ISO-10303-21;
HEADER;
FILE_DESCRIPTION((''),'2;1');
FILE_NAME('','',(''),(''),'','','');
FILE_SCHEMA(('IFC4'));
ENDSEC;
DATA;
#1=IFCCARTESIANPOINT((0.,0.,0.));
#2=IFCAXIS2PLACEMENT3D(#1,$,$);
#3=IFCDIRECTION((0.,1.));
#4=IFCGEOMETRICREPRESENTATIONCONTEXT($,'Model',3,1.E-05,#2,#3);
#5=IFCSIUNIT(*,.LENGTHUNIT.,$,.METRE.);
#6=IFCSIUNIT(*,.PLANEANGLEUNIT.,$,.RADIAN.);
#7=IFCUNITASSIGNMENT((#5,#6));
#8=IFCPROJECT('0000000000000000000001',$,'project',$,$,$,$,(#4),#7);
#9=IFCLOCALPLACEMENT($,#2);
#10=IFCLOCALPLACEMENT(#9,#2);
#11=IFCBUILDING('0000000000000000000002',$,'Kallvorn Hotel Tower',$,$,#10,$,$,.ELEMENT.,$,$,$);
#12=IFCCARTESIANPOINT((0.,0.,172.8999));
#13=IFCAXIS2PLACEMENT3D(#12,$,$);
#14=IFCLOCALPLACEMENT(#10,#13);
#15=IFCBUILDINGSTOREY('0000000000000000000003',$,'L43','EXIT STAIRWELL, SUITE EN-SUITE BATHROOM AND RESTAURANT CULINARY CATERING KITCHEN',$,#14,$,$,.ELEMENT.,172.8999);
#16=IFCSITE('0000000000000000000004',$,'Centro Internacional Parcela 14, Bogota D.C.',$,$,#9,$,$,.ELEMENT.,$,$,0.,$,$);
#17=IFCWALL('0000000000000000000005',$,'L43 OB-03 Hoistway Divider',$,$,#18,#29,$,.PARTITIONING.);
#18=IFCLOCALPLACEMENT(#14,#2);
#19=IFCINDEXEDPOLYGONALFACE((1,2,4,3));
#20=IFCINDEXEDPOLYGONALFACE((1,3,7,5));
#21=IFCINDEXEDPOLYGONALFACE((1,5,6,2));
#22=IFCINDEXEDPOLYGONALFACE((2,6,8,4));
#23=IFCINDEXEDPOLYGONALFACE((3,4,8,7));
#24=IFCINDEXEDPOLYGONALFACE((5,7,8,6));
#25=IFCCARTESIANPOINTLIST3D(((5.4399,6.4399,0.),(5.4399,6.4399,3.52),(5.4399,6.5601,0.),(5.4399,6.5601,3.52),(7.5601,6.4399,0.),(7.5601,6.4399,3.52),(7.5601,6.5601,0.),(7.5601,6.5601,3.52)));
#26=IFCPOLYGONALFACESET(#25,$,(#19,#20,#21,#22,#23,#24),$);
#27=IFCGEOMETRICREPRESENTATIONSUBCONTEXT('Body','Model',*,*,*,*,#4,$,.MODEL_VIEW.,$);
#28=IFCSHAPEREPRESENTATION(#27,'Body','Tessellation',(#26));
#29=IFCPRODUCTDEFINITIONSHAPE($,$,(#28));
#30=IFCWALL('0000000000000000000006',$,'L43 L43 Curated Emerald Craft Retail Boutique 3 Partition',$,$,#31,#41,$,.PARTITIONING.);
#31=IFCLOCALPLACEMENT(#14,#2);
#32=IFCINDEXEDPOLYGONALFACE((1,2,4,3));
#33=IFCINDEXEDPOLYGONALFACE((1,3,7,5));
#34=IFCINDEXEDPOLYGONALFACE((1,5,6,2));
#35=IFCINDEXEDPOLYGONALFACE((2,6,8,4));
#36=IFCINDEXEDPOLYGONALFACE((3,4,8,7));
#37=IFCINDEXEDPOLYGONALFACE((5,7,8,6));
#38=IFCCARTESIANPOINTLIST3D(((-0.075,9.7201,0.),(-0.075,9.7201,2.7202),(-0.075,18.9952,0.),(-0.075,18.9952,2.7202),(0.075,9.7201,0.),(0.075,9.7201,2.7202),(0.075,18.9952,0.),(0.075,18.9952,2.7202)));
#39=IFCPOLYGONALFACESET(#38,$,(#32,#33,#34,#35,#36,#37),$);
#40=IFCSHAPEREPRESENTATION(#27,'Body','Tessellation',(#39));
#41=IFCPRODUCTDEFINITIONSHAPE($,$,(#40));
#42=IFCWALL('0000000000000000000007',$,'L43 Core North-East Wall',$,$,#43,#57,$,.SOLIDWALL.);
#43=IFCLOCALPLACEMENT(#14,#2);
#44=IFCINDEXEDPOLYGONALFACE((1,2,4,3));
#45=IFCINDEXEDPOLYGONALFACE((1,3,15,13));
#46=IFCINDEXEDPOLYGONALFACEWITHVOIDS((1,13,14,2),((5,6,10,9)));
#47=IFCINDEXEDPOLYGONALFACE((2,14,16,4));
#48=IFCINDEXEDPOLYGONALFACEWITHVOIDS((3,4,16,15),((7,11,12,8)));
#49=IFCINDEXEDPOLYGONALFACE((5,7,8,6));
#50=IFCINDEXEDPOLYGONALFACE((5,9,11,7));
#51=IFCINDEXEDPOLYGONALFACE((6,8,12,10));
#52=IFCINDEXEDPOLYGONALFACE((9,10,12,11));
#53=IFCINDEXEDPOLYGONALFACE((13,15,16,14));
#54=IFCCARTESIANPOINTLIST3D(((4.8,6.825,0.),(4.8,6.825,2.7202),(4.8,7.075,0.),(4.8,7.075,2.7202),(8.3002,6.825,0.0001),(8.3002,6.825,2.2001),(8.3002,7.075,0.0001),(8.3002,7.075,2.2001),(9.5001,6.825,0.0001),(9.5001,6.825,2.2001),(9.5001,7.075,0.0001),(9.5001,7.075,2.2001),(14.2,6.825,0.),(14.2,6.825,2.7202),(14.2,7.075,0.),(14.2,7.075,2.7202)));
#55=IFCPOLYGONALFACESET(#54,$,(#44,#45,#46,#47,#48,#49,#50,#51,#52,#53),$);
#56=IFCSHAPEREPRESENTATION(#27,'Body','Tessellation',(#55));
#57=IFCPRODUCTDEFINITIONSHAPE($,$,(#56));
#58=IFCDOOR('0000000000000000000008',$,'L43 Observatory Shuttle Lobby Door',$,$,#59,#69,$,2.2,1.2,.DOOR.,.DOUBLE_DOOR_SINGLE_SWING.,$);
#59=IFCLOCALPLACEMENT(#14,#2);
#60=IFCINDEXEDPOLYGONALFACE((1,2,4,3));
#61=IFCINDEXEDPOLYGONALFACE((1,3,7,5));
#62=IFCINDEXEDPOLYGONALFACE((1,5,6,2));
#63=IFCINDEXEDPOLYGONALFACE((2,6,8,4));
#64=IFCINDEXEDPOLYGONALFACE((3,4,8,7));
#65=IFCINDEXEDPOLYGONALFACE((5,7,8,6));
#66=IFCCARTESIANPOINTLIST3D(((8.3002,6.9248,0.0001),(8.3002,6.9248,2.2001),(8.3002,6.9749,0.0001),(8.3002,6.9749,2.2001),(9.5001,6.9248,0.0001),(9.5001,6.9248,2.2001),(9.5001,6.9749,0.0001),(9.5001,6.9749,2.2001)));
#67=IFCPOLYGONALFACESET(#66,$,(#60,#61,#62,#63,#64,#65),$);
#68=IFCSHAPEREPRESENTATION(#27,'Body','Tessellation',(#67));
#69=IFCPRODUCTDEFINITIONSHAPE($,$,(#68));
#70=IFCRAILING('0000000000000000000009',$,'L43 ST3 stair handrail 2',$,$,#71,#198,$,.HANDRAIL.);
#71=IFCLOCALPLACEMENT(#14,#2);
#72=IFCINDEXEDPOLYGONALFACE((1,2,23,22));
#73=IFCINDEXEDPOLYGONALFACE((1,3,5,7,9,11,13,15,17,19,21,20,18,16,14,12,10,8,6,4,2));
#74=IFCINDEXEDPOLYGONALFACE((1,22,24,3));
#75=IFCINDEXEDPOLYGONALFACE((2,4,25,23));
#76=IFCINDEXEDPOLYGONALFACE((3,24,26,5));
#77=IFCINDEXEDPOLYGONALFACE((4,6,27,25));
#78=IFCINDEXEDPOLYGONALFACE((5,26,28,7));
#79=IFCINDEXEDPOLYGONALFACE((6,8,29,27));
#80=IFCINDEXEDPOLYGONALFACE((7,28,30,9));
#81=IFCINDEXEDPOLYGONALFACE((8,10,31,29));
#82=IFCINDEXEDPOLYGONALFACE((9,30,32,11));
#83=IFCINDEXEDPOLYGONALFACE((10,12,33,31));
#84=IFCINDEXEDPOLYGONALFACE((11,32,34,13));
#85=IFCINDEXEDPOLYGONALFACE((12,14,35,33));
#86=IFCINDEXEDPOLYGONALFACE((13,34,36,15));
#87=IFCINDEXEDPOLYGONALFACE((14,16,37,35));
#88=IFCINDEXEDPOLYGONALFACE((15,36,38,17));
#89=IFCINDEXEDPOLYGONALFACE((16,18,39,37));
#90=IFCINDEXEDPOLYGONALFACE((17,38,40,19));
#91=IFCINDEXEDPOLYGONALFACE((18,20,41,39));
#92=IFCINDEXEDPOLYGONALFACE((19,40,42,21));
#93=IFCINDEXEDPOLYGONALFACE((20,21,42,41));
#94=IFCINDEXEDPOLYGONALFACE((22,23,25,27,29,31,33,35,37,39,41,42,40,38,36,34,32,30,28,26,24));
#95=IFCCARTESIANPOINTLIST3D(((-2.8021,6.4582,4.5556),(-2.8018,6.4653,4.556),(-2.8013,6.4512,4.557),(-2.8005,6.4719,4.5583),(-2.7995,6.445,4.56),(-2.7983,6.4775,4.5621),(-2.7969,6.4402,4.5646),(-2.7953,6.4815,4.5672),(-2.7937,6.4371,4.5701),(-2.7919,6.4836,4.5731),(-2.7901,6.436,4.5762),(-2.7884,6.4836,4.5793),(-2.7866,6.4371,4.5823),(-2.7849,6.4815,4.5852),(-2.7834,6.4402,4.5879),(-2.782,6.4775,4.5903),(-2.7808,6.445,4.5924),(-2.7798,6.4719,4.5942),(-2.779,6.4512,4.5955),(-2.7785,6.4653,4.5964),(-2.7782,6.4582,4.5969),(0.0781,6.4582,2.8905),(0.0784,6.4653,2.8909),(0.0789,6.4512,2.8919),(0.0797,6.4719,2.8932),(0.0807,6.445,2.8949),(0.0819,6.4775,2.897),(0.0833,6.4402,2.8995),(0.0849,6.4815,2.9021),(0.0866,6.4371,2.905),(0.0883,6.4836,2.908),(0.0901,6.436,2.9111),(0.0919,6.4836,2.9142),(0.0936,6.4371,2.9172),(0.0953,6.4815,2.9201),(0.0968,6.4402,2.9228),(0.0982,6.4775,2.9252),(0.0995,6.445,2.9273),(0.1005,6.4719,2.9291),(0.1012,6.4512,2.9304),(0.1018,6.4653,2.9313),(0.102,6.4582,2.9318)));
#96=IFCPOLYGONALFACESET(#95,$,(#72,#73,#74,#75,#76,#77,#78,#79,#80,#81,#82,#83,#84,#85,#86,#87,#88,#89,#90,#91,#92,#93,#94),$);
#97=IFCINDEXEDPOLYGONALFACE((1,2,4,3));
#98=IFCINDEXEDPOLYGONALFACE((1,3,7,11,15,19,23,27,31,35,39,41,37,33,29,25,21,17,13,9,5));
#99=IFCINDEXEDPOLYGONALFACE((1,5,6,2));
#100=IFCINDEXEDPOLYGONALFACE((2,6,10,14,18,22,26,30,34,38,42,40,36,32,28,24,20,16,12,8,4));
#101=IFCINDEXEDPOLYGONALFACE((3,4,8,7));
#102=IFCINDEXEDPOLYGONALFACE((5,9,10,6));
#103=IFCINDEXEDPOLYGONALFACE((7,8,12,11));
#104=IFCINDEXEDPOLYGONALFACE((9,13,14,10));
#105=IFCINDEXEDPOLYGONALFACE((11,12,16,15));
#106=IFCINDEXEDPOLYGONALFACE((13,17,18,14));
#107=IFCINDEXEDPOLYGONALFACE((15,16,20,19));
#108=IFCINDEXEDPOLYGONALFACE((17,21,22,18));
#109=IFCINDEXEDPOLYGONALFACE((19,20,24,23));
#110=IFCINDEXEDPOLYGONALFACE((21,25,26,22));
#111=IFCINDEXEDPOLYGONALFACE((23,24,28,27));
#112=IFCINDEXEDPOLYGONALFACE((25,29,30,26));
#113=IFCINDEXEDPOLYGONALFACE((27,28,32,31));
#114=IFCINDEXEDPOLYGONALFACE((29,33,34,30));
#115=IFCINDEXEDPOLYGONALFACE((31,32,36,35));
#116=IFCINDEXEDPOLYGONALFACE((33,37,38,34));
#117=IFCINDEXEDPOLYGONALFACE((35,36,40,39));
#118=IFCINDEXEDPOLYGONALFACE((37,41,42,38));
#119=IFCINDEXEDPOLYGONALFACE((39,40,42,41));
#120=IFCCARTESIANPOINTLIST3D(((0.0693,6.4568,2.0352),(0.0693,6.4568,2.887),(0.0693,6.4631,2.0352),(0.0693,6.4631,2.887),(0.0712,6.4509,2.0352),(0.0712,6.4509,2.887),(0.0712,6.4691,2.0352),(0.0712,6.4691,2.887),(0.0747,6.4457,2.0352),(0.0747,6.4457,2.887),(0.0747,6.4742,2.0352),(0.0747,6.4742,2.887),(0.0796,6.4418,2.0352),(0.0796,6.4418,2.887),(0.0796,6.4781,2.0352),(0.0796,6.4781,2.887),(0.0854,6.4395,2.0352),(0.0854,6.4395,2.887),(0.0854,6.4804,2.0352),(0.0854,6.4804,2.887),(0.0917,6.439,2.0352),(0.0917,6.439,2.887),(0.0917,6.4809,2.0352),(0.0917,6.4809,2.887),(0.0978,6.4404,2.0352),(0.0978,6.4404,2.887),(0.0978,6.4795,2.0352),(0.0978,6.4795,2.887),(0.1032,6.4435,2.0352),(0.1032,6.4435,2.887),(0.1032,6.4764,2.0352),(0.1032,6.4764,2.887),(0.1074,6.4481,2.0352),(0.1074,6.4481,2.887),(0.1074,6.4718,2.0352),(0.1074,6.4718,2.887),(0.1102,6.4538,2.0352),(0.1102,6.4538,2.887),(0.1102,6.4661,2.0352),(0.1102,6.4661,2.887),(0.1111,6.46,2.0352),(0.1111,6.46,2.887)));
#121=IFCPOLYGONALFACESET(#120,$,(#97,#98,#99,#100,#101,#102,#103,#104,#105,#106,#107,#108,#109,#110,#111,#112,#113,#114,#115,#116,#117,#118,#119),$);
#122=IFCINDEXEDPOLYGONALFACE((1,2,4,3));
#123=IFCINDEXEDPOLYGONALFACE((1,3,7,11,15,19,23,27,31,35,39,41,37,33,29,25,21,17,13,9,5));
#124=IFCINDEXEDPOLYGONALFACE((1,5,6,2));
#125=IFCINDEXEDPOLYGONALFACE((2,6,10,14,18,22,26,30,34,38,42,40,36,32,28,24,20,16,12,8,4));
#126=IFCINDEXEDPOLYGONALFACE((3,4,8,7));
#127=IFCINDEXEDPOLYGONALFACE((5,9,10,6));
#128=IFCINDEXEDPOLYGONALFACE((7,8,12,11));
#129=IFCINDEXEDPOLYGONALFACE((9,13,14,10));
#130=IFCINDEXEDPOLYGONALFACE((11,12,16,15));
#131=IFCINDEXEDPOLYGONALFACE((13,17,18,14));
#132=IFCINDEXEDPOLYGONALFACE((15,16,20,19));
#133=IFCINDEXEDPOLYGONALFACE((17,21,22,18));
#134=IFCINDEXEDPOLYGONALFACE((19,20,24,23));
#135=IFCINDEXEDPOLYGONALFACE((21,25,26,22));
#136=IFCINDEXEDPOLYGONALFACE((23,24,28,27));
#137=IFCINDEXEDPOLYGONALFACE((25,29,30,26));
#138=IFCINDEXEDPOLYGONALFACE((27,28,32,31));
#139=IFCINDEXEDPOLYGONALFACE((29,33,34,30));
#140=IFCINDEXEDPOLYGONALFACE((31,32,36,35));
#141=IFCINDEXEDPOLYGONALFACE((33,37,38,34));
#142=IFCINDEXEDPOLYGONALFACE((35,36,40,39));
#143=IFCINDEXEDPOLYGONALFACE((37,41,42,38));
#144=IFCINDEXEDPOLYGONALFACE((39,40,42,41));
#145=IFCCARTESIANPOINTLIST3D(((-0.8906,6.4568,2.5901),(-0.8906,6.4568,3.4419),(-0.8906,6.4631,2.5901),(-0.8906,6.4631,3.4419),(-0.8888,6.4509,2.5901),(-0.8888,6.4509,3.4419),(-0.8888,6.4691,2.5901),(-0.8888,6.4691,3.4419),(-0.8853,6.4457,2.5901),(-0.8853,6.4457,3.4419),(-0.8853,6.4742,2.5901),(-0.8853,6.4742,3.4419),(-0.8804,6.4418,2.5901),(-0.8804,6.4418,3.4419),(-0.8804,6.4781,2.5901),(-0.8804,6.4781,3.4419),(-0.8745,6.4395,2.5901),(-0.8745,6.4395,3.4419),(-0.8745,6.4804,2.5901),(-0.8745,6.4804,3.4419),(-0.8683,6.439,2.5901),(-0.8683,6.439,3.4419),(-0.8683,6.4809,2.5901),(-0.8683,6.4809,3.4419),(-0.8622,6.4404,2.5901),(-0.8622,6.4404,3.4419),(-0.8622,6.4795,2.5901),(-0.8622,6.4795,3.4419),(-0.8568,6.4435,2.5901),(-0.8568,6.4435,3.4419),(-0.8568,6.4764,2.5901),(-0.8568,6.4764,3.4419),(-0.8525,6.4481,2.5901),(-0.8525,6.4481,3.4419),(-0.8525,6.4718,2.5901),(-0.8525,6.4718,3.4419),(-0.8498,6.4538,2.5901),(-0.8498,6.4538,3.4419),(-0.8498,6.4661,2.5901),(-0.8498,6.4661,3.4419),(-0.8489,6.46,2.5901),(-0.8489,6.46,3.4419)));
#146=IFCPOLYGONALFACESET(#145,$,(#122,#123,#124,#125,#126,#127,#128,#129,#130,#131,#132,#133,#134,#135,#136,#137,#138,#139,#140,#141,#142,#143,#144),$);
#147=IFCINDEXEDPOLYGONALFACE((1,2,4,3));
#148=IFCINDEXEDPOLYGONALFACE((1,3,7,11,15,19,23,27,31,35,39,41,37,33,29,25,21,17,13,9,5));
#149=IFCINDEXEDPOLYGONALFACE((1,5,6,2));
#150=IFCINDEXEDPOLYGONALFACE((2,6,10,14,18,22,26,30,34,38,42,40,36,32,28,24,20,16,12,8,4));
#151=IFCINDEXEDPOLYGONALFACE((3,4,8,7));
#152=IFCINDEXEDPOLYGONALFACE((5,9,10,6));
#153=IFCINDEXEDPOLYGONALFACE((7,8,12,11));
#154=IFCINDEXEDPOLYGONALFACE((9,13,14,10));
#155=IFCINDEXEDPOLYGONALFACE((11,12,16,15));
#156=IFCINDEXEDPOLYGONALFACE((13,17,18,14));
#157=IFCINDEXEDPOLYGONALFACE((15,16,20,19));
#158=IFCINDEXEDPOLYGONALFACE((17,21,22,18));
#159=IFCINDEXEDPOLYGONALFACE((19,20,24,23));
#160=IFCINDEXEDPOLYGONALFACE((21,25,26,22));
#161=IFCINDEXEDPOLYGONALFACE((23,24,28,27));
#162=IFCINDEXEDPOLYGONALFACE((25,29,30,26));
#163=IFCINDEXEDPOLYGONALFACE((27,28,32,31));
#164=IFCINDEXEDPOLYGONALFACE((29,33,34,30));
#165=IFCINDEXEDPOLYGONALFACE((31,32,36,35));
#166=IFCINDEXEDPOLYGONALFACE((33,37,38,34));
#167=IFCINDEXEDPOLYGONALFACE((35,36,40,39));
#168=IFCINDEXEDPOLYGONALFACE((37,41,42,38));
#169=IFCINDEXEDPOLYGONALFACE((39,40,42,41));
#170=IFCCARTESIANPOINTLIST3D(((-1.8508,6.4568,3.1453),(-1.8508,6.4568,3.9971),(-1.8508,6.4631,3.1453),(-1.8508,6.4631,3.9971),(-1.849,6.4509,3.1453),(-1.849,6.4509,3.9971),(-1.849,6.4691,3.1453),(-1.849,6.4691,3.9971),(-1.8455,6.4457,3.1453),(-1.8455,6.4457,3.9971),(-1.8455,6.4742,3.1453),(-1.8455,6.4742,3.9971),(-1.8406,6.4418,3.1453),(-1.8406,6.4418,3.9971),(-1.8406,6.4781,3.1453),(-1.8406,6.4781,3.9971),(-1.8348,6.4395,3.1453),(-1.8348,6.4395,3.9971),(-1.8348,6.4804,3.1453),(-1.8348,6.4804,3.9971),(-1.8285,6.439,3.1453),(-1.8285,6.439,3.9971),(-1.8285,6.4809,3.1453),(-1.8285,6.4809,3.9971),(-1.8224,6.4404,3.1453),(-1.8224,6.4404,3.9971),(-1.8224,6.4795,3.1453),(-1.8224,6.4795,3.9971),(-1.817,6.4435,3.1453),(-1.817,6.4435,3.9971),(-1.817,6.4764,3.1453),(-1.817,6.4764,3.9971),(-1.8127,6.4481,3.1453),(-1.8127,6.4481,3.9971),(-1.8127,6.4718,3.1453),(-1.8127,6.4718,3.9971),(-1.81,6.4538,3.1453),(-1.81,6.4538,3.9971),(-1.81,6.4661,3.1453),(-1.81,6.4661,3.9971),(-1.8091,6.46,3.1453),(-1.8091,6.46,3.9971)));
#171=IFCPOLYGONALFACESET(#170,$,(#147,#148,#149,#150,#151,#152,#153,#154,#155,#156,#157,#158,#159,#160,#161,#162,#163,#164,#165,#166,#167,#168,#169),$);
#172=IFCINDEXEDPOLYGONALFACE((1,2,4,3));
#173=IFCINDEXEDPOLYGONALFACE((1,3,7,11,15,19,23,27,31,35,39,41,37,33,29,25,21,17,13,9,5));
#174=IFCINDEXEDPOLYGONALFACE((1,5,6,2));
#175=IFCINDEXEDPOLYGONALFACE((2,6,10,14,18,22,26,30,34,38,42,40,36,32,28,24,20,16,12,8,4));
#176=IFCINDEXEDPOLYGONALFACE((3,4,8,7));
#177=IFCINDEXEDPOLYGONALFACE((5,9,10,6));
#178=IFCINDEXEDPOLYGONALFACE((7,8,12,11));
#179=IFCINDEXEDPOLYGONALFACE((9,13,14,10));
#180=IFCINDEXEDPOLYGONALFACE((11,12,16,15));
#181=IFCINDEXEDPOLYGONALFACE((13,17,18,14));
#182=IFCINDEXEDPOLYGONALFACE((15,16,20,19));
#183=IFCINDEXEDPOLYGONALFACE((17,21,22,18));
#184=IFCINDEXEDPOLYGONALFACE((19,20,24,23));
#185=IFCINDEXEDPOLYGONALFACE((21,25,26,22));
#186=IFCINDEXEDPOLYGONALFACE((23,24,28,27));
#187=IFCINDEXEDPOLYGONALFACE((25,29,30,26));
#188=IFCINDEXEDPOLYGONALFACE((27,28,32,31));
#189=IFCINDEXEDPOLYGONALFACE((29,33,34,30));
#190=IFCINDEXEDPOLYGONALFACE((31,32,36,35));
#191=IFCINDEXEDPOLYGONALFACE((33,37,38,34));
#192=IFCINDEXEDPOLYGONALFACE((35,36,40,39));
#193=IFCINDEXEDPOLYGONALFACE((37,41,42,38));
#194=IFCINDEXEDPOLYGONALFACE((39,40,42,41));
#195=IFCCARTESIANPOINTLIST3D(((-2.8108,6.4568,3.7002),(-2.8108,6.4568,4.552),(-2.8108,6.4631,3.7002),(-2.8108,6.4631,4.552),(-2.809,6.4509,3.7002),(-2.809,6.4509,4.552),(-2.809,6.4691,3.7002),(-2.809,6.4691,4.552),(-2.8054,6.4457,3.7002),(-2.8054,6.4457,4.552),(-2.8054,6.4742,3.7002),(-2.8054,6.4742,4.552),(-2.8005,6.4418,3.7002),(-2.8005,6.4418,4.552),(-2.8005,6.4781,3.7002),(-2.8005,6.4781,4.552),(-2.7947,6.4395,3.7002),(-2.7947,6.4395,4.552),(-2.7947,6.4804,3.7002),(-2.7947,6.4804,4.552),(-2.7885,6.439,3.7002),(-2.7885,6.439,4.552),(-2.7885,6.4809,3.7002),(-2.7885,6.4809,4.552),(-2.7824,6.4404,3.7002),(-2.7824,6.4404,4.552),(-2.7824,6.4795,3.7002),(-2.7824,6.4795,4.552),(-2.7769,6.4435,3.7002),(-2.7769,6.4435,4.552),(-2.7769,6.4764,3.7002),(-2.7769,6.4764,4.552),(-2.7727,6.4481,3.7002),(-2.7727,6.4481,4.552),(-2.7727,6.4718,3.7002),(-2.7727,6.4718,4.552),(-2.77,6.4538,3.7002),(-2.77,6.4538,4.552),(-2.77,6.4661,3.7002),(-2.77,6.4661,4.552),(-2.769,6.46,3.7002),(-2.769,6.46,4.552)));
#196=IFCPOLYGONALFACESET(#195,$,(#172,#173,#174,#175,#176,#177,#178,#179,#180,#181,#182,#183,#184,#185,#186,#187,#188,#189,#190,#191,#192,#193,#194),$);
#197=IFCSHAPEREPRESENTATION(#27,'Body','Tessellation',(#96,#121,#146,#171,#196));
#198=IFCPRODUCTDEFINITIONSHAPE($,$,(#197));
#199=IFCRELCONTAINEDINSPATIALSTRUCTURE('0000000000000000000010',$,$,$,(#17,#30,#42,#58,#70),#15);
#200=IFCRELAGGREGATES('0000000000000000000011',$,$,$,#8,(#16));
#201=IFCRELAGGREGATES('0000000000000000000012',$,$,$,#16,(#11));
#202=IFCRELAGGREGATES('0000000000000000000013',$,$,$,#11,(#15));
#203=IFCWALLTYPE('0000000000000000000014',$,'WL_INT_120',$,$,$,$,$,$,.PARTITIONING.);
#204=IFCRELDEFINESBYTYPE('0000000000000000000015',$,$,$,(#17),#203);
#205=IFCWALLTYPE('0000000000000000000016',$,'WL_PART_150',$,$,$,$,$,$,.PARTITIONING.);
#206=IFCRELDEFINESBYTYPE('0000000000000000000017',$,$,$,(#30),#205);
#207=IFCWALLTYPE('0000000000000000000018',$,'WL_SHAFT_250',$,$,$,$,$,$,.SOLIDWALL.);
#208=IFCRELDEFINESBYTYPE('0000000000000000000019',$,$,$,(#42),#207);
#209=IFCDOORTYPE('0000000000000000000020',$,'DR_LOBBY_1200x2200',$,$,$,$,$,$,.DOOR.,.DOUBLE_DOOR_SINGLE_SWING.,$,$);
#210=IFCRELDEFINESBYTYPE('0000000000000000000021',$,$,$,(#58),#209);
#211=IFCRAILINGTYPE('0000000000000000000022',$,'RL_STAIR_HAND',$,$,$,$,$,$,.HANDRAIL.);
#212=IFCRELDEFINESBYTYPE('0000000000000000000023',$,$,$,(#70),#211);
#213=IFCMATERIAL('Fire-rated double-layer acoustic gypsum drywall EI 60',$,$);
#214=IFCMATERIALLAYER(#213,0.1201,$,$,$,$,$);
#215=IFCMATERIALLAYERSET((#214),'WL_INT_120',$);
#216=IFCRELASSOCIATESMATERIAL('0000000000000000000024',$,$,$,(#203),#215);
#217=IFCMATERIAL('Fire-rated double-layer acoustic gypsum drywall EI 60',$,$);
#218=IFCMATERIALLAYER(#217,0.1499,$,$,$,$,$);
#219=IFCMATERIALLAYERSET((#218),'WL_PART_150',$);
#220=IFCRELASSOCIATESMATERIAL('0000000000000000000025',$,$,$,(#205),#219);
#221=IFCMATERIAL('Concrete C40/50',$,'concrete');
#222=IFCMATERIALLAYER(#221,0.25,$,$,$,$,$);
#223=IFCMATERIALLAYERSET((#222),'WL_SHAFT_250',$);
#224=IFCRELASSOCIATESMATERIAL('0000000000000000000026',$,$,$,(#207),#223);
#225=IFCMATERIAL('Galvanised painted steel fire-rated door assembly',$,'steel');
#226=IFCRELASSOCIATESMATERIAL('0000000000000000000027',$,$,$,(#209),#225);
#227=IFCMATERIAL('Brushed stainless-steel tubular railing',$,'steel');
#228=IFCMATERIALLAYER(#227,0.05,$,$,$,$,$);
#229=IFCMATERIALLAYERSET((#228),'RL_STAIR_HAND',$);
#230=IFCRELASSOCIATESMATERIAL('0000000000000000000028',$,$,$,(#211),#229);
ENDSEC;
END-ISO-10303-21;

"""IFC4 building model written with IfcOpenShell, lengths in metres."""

from ifc_helpers import new_model, si_unit, direction, frame, frame_2d, origin, origin_2d, place, context, subcontext, project, spatial, rectangle, circle, extrude, material, layer, layer_set, type_object, element, fill, save


model = new_model("IFC4")

# Units and contexts
model_context = context("Model", 3, precision=1e-05, world=origin(), true_north=direction((0.0, 1.0)))
body_context = subcontext(model_context, "Body", "Model", "MODEL_VIEW")
ifc_project = project(units=[si_unit("LENGTHUNIT", "METRE"), si_unit("PLANEANGLEUNIT", "RADIAN")], contexts=[model_context])

# Site, building, storey
site_placement = place(None, origin())
site = spatial("IfcSite", under=ifc_project, at=site_placement, Name="Centro Internacional Parcela 14, Bogota D.C.", CompositionType="ELEMENT", RefElevation=0.0)
building_placement = place(site_placement, origin())
building = spatial("IfcBuilding", under=site, at=building_placement, Name="Kallvorn Hotel Tower", CompositionType="ELEMENT")
storey_placement = place(building_placement, frame((0.0, 0.0, 172.8999)))
storey = spatial("IfcBuildingStorey", under=building, at=storey_placement, Name="L43", Description="EXIT STAIRWELL, SUITE EN-SUITE BATHROOM AND RESTAURANT CULINARY CATERING KITCHEN", CompositionType="ELEMENT", Elevation=172.8999)

# Walls
ifc_material_1 = material(Name="Fire-rated double-layer acoustic gypsum drywall EI 60")
ifc_layer_1 = layer(ifc_material_1, 0.1201)
ifc_layer_set_1 = layer_set([ifc_layer_1], Name="WL_INT_120")
wall_type_1 = type_object("IfcWallType", Name="WL_INT_120", PredefinedType="PARTITIONING", material=ifc_layer_set_1)
wall_1_placement = place(storey_placement, frame((5.4399, 6.5, 0.0), z_axis=(0.0, 0.0, 1.0), x_axis=(1.0, 0.0, 0.0)))
element("IfcWall", 1, at=wall_1_placement, inside=storey, type_object=wall_type_1, Name="L43 OB-03 Hoistway Divider", PredefinedType="PARTITIONING", context=body_context, shape_type="SweptSolid", body=[
    extrude(rectangle(XDim=2.1201, YDim=0.1201, at=frame_2d((1.0601, 0.0))), origin(), (0.0, 0.0, 1.0), 3.52),
])
ifc_material_2 = material(Name="Fire-rated double-layer acoustic gypsum drywall EI 60")
ifc_layer_2 = layer(ifc_material_2, 0.1499)
ifc_layer_set_2 = layer_set([ifc_layer_2], Name="WL_PART_150")
wall_type_2 = type_object("IfcWallType", Name="WL_PART_150", PredefinedType="PARTITIONING", material=ifc_layer_set_2)
wall_2_placement = place(storey_placement, frame((0.0, 9.72, 0.0), z_axis=(0.0, 0.0, 1.0), x_axis=(0.0, 1.0, 0.0)))
element("IfcWall", 2, at=wall_2_placement, inside=storey, type_object=wall_type_2, Name="L43 L43 Curated Emerald Craft Retail Boutique 3 Partition", PredefinedType="PARTITIONING", context=body_context, shape_type="SweptSolid", body=[
    extrude(rectangle(XDim=9.2751, YDim=0.1499, at=frame_2d((4.6377, 0.0))), origin(), (0.0, 0.0, 1.0), 2.7202),
])

# Wall, opening, door
ifc_material_3 = material(Name="Concrete C40/50", Category="concrete")
ifc_layer_3 = layer(ifc_material_3, 0.25)
ifc_layer_set_3 = layer_set([ifc_layer_3], Name="WL_SHAFT_250")
wall_type_3 = type_object("IfcWallType", Name="WL_SHAFT_250", PredefinedType="SOLIDWALL", material=ifc_layer_set_3)
wall_3_placement = place(storey_placement, frame((4.8, 6.95, 0.0), z_axis=(0.0, 0.0, 1.0), x_axis=(1.0, 0.0, 0.0)))
wall_3 = element("IfcWall", 3, at=wall_3_placement, inside=storey, type_object=wall_type_3, Name="L43 Core North-East Wall", PredefinedType="SOLIDWALL", context=body_context, shape_type="SweptSolid", body=[
    extrude(rectangle(XDim=9.3999, YDim=0.25, at=frame_2d((4.7, 0.0))), origin(), (0.0, 0.0, 1.0), 2.7202),
])
opening_1_placement = place(wall_3_placement, frame((3.5, 0.0, 0.0)))
opening_1 = element("IfcOpeningElement", 4, at=opening_1_placement, cuts=wall_3, PredefinedType="OPENING", context=body_context, shape_type="SweptSolid", body=[
    extrude(rectangle(XDim=1.2, YDim=2.2, at=frame_2d((0.6001, 1.1001))), frame((0.0, 0.1399, 0.0), z_axis=(0.0, -1.0, 0.0), x_axis=(1.0, 0.0, 0.0)), (0.0, 0.0, 1.0), 0.28),
])
ifc_material_4 = material(Name="Galvanised painted steel fire-rated door assembly", Category="steel")
door_type = type_object("IfcDoorType", Name="DR_LOBBY_1200x2200", OperationType="DOUBLE_DOOR_SINGLE_SWING", PredefinedType="DOOR", material=ifc_material_4)
door_placement = place(opening_1_placement, origin())
door = element("IfcDoor", 5, at=door_placement, inside=storey, type_object=door_type, Name="L43 Observatory Shuttle Lobby Door", OperationType="DOUBLE_DOOR_SINGLE_SWING", OverallHeight=2.2, OverallWidth=1.2, PredefinedType="DOOR", context=body_context, shape_type="SweptSolid", body=[
    extrude(rectangle(XDim=1.2, YDim=2.2, at=frame_2d((0.6001, 1.1001))), frame((0.0, 0.0249, 0.0), z_axis=(0.0, -1.0, 0.0), x_axis=(1.0, 0.0, 0.0)), (0.0, 0.0, 1.0), 0.05),
])
fill(opening_1, door)

# Railing
ifc_material_5 = material(Name="Brushed stainless-steel tubular railing", Category="steel")
ifc_layer_4 = layer(ifc_material_5, 0.05)
ifc_layer_set_4 = layer_set([ifc_layer_4], Name="RL_STAIR_HAND")
railing_type = type_object("IfcRailingType", Name="RL_STAIR_HAND", PredefinedType="HANDRAIL", material=ifc_layer_set_4)
railing_placement = place(storey_placement, frame((0.0901, 6.46, 2.0352)))
element("IfcRailing", 6, at=railing_placement, inside=storey, type_object=railing_type, Name="L43 ST3 stair handrail 2", PredefinedType="HANDRAIL", context=body_context, shape_type="SweptSolid", body=[
    extrude(circle(Radius=0.0239, at=origin_2d()), frame((0.0, 0.0, 0.876), z_axis=(-0.865739, 0.0, 0.500495), x_axis=(0.0, -1.0, 0.0)), (0.0, 0.0, 1.0), 3.3269),
    extrude(circle(Radius=0.021, at=origin_2d()), origin(), (0.0, 0.0, 1.0), 0.8518),
    extrude(circle(Radius=0.021, at=origin_2d()), frame((-0.96, 0.0, 0.5549)), (0.0, 0.0, 1.0), 0.8518),
    extrude(circle(Radius=0.021, at=origin_2d()), frame((-1.9202, 0.0, 1.1101)), (0.0, 0.0, 1.0), 0.8518),
    extrude(circle(Radius=0.021, at=origin_2d()), frame((-2.8801, 0.0, 1.665)), (0.0, 0.0, 1.0), 0.8518),
])

save(model, "model.ifc")
